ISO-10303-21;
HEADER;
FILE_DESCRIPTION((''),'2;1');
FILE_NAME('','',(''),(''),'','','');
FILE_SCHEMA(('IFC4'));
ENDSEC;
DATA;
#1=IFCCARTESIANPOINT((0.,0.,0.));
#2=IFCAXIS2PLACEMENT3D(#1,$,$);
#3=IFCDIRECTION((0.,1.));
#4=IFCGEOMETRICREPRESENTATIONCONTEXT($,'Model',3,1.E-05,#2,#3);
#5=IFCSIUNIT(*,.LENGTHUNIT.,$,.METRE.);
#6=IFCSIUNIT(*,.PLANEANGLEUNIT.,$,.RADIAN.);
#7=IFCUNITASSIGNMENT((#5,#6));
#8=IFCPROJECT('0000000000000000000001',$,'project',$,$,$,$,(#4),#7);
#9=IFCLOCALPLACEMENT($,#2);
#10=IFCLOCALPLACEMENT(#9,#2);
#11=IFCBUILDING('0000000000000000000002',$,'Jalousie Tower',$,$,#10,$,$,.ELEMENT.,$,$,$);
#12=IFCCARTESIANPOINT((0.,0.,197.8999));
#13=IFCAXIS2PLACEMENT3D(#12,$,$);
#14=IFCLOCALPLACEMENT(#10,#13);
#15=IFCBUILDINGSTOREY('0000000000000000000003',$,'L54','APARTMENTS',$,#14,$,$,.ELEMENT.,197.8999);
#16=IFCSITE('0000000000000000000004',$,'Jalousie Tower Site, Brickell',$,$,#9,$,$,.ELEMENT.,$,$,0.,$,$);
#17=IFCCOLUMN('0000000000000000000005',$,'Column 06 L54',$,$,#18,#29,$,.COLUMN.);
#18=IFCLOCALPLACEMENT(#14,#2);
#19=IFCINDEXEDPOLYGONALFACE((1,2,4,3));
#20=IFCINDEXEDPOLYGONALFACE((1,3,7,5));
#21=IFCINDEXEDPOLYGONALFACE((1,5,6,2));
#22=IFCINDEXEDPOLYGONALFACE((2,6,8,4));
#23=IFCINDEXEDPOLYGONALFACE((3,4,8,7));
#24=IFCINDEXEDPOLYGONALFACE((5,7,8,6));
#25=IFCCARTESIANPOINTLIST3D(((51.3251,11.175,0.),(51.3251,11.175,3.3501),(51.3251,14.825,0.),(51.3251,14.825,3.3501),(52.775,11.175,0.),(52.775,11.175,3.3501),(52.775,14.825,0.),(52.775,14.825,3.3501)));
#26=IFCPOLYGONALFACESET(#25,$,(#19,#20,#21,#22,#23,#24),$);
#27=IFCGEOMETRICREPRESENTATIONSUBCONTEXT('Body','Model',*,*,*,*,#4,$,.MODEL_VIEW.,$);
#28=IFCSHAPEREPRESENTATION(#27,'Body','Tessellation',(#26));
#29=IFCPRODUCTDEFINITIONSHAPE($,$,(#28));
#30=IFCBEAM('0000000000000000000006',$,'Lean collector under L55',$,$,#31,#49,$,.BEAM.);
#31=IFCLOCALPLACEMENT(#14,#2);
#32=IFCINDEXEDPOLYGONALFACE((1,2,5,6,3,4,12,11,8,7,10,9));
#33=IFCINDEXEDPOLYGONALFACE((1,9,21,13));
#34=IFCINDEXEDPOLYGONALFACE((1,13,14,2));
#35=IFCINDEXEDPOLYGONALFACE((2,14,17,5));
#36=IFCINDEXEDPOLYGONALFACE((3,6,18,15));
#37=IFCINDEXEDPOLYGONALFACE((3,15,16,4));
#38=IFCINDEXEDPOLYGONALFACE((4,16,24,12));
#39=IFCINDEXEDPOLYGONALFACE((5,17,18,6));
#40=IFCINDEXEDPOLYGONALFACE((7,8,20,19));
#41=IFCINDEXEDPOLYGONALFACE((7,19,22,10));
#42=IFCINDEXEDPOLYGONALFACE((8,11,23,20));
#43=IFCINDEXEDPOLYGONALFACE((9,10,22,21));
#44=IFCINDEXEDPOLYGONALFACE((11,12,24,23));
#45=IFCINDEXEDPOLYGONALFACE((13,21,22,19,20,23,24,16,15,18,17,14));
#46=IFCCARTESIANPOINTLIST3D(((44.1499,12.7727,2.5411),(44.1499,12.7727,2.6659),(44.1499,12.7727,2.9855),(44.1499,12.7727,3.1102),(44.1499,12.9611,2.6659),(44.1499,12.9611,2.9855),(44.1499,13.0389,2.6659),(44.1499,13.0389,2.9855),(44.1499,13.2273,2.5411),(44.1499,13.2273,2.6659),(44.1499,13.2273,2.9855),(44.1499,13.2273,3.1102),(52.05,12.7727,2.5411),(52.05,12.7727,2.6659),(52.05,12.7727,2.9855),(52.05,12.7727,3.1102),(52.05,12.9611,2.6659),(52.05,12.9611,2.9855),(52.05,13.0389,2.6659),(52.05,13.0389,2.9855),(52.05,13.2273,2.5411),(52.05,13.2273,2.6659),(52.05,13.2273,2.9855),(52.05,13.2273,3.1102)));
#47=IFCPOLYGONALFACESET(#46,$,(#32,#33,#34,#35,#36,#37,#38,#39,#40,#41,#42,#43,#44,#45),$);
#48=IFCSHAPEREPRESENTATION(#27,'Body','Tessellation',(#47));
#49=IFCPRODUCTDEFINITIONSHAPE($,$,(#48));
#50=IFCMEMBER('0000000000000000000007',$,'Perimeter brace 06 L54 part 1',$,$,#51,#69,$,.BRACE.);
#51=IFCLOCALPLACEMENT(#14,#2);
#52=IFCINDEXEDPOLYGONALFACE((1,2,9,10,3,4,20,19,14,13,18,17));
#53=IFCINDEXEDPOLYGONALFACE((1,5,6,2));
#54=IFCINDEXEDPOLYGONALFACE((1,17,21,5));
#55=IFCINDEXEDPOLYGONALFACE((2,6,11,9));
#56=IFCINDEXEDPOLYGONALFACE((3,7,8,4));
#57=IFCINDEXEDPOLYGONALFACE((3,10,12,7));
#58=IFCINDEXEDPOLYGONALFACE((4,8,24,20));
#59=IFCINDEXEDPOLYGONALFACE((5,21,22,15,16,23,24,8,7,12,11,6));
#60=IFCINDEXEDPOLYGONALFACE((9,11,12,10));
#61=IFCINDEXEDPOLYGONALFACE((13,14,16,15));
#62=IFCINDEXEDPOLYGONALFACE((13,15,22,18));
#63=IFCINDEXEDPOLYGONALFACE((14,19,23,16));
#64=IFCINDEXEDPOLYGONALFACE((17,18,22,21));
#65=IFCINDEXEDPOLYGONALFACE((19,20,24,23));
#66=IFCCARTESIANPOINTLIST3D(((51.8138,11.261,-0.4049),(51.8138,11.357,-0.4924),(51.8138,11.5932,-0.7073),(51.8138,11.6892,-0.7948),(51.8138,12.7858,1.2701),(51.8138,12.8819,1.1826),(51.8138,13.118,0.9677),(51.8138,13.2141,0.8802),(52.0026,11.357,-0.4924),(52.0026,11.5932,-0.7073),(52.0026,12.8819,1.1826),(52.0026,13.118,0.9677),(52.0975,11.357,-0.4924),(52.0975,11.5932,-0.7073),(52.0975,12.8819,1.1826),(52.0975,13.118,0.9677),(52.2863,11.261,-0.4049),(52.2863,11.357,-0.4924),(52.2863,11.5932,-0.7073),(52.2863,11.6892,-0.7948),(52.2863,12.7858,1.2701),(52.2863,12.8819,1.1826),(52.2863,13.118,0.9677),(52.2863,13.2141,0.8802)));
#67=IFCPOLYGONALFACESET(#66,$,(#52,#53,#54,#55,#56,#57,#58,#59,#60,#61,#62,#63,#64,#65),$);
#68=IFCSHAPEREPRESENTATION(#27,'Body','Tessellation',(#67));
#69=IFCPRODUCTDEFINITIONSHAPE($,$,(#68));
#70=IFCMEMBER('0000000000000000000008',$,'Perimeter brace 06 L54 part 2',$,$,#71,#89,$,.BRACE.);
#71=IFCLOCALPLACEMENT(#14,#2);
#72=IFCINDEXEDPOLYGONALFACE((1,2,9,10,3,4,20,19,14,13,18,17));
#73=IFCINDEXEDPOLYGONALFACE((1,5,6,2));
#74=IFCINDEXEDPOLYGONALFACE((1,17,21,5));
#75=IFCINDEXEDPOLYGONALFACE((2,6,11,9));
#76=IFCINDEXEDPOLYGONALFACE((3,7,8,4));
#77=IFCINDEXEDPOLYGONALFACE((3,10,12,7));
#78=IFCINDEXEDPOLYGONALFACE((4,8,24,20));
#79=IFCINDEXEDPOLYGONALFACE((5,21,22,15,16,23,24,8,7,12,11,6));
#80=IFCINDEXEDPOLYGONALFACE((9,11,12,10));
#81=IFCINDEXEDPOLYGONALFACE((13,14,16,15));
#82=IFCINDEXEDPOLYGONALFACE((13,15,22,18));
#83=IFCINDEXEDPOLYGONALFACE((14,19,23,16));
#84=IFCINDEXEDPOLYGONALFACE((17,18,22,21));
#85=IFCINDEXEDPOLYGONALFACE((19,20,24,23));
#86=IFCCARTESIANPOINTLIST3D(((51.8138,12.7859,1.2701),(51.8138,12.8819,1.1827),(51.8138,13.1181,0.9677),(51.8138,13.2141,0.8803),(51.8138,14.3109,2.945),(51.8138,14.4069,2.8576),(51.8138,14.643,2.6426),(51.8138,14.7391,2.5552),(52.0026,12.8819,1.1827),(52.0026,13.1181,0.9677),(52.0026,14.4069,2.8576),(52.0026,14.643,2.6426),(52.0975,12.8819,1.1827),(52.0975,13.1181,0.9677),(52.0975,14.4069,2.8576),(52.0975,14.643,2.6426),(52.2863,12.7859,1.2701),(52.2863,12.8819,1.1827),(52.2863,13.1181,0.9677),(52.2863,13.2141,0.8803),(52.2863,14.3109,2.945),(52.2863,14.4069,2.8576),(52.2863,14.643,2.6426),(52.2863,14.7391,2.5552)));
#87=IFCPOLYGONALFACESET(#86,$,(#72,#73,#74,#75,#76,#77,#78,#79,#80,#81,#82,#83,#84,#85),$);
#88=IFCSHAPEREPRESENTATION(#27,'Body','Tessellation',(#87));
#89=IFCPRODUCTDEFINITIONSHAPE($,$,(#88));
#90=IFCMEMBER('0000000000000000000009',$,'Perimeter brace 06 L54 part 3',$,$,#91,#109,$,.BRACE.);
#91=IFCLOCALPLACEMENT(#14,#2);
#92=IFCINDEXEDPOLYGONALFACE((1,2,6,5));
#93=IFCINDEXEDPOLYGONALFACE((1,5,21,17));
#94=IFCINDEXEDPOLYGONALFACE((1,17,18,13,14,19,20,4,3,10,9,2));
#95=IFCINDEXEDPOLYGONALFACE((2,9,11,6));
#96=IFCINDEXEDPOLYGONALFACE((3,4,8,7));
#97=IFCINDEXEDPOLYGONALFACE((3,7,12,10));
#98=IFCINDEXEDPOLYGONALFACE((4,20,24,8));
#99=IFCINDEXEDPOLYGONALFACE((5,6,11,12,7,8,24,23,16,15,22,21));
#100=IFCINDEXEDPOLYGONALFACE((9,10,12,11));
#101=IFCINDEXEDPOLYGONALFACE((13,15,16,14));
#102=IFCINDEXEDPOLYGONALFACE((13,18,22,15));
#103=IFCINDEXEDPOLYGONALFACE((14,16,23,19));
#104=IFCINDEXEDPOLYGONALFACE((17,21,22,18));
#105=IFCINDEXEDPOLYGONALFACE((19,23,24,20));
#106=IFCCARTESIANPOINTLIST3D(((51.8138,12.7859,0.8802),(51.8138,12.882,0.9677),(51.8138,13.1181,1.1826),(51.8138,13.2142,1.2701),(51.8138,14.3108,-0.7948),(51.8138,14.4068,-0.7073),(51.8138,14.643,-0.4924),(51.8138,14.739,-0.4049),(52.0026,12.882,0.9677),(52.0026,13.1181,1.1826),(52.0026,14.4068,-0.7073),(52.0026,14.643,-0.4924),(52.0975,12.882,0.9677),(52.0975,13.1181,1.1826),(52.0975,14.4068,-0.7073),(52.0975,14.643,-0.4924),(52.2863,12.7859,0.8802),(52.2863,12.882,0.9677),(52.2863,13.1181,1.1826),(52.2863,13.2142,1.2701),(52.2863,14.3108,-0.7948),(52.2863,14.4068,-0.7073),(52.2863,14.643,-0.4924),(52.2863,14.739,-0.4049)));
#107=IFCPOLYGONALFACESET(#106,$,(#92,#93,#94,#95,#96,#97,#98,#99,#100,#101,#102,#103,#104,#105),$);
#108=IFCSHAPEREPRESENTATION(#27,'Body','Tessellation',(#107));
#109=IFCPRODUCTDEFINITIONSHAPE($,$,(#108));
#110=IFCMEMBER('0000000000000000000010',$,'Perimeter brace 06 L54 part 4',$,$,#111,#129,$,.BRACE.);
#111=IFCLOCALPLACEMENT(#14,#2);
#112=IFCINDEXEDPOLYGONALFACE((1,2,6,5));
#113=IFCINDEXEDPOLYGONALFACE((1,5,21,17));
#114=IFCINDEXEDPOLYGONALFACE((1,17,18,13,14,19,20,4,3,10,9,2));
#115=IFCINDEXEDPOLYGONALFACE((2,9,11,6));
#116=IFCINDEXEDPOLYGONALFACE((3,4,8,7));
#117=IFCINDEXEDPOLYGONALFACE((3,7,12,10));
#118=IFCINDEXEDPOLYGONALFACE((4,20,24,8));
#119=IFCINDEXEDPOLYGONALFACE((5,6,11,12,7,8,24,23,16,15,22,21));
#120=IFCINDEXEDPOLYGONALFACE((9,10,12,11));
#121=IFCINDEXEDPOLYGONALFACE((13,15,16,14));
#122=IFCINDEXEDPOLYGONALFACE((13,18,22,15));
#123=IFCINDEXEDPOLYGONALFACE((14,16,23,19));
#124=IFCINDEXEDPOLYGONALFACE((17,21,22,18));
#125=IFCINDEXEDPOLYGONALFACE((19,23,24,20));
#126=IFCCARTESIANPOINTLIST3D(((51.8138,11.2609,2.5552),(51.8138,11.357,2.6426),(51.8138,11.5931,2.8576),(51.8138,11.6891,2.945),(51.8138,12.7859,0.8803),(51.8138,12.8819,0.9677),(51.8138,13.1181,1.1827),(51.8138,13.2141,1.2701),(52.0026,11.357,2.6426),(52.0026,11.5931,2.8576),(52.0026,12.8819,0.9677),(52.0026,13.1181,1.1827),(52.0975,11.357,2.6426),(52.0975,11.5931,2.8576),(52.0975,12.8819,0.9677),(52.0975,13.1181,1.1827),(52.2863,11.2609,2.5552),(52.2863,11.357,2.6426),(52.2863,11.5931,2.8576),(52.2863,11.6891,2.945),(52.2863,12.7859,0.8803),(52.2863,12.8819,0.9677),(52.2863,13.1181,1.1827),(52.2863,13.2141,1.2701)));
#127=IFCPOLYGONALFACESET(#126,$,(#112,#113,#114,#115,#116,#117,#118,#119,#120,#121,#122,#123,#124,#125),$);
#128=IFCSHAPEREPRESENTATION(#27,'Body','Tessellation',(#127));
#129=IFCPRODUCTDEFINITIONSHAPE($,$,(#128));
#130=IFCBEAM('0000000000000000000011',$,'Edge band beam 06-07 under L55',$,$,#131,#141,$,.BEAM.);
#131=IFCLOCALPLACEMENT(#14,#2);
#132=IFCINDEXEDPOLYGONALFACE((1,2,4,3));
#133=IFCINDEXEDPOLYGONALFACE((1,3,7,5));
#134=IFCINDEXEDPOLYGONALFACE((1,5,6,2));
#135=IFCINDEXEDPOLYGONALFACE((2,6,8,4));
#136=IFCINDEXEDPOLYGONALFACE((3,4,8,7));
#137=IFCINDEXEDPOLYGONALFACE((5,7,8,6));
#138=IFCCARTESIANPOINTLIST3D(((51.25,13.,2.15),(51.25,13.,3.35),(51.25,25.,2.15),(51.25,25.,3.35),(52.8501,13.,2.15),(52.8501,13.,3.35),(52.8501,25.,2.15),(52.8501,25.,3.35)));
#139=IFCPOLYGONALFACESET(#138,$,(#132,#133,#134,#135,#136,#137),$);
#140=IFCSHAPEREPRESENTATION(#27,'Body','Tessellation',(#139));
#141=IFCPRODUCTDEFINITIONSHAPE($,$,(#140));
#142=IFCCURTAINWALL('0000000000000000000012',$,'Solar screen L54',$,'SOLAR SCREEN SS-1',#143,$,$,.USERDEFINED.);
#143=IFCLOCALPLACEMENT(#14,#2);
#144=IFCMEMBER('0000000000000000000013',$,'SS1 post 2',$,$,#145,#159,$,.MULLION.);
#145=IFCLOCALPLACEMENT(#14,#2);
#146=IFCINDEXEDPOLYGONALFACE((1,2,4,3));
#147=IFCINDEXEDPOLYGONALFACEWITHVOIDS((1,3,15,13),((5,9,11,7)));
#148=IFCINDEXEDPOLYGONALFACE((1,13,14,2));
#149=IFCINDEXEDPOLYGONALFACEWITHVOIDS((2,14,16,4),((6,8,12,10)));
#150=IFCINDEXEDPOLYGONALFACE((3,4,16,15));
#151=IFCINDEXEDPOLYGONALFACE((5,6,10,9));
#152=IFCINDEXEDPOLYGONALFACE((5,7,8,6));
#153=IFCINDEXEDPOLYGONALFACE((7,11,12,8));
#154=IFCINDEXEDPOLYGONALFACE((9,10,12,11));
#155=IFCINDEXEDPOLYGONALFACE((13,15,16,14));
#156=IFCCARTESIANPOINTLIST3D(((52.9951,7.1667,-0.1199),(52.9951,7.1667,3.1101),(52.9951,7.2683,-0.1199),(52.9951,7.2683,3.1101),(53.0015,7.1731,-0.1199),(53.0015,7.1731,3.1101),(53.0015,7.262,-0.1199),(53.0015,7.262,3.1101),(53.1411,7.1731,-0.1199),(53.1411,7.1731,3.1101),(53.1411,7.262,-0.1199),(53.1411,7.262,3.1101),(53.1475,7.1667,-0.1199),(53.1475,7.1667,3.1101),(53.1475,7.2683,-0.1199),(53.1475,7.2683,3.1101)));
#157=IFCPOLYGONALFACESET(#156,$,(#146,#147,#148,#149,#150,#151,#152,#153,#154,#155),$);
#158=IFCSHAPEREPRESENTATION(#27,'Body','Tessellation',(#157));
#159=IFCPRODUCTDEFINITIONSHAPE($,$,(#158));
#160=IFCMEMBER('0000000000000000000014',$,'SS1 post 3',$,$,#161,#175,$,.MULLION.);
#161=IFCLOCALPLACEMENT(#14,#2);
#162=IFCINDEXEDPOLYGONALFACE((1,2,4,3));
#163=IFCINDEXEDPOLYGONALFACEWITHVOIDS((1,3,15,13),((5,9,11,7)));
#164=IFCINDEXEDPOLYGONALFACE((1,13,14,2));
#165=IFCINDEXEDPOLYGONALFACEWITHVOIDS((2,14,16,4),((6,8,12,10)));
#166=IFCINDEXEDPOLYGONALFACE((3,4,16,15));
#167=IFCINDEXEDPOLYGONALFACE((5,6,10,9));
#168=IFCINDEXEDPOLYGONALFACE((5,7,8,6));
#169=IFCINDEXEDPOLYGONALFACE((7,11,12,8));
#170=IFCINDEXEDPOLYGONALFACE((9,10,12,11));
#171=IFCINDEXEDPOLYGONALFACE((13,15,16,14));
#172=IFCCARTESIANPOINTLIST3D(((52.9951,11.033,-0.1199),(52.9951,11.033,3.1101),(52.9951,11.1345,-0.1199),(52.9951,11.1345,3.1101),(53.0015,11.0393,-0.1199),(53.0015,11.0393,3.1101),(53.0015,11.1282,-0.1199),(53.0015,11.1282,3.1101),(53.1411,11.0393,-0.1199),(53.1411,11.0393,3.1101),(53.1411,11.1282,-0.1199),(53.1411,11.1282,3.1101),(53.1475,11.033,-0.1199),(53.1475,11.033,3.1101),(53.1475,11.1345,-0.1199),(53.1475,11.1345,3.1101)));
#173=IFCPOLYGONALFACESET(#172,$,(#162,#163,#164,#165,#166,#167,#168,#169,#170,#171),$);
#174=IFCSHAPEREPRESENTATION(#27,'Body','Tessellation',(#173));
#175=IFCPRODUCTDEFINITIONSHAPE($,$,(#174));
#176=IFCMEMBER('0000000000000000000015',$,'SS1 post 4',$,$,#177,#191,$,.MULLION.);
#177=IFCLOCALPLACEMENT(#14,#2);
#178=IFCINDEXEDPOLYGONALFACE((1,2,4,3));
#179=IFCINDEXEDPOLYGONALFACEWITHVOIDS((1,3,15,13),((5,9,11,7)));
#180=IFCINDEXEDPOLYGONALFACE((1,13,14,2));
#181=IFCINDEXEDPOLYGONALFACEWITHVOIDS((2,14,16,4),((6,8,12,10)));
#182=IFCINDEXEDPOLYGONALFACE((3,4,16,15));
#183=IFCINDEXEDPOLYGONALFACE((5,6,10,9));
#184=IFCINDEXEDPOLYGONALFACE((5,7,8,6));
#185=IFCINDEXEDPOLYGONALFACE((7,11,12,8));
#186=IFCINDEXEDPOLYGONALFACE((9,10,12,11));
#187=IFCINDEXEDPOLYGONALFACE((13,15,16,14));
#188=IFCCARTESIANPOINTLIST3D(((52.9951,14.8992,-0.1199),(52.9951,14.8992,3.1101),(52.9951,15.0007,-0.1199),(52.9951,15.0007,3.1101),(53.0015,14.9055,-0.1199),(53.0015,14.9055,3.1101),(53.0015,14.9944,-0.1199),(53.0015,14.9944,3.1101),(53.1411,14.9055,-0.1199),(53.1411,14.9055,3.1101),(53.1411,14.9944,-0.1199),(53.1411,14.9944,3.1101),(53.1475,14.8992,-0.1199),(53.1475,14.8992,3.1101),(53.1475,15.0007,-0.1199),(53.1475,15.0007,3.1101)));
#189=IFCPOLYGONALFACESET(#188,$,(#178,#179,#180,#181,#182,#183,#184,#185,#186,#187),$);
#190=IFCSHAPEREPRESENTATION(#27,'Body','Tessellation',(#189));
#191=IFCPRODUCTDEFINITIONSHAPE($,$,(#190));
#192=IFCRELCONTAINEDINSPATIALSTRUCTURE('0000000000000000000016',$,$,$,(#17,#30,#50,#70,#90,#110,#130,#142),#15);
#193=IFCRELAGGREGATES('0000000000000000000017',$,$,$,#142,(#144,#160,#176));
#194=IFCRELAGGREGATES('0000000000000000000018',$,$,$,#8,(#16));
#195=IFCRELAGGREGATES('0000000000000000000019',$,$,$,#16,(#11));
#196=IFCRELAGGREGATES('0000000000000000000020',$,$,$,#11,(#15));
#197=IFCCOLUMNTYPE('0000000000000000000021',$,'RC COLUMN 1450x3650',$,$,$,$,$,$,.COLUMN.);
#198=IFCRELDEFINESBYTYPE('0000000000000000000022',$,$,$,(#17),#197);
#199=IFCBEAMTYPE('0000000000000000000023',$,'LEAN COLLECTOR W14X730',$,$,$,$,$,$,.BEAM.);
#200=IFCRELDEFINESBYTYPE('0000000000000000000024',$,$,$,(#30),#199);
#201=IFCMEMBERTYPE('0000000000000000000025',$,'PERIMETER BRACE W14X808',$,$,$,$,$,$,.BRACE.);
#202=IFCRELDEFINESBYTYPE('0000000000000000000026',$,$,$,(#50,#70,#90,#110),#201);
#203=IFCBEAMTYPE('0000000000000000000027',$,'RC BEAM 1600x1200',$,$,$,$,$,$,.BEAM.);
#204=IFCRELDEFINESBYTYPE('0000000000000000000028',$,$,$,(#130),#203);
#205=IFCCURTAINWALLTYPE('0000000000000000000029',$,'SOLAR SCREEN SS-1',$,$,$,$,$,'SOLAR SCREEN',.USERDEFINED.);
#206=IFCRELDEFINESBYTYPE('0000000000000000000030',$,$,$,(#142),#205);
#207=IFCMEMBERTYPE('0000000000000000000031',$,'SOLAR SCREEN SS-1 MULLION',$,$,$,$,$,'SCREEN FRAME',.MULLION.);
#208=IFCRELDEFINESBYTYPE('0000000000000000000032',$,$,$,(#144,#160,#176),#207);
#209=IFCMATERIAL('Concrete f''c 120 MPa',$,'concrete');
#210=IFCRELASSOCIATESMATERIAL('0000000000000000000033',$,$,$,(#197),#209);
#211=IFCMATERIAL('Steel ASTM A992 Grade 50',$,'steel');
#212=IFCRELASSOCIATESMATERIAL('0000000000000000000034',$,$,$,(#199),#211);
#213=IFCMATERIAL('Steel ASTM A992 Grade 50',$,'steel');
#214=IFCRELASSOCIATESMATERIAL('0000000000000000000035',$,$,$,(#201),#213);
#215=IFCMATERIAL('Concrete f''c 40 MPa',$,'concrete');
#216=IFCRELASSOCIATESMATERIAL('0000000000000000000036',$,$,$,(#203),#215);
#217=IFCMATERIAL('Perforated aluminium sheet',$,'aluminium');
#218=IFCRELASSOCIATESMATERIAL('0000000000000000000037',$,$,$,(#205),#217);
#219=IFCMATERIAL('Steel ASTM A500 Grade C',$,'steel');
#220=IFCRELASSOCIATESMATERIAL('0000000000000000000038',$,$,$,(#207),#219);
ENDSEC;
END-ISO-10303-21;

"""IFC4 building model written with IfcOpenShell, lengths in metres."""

from ifc_helpers import new_model, si_unit, direction, frame, origin, origin_2d, place, context, subcontext, project, spatial, rectangle, hollow_rectangle, i_section, extrude, material, material_profile, profile_set, type_object, element, aggregate, save


model = new_model("IFC4")

# Units and contexts
model_context = context("Model", 3, precision=1e-05, world=origin(), true_north=direction((0.0, 1.0)))
body_context = subcontext(model_context, "Body", "Model", "MODEL_VIEW")
ifc_project = project(units=[si_unit("LENGTHUNIT", "METRE"), si_unit("PLANEANGLEUNIT", "RADIAN")], contexts=[model_context])

# Site, building, storey
site_placement = place(None, origin())
site = spatial("IfcSite", under=ifc_project, at=site_placement, Name="Jalousie Tower Site, Brickell", CompositionType="ELEMENT", RefElevation=0.0)
building_placement = place(site_placement, origin())
building = spatial("IfcBuilding", under=site, at=building_placement, Name="Jalousie Tower", CompositionType="ELEMENT")
storey_placement = place(building_placement, frame((0.0, 0.0, 197.8999)))
storey = spatial("IfcBuildingStorey", under=building, at=storey_placement, Name="L54", Description="APARTMENTS", CompositionType="ELEMENT", Elevation=197.8999)

# Column
ifc_material_1 = material(Name="Concrete f'c 120 MPa", Category="concrete")
ifc_material_profile_1 = material_profile(ifc_material_1, rectangle(XDim=1.45, YDim=3.6499, at=origin_2d()), Name="RC 1450x3650")
ifc_profile_set_1 = profile_set([ifc_material_profile_1], Name="Concrete f'c 120 MPa")
column_type = type_object("IfcColumnType", Name="RC COLUMN 1450x3650", PredefinedType="COLUMN", material=ifc_profile_set_1)
column_placement = place(storey_placement, frame((52.05, 13.0, 0.0), z_axis=(0.0, 0.0, 1.0), x_axis=(1.0, 0.0, 0.0)))
element("IfcColumn", 1, at=column_placement, inside=storey, type_object=column_type, Name="Column 06 L54", PredefinedType="COLUMN", context=body_context, shape_type="SweptSolid", body=[
    extrude(rectangle(XDim=1.45, YDim=3.6499, at=origin_2d()), origin(), (0.0, 0.0, 1.0), 3.3501),
])

# Beam
ifc_material_2 = material(Name="Steel ASTM A992 Grade 50", Category="steel")
ifc_material_profile_2 = material_profile(ifc_material_2, i_section(OverallWidth=0.4546, OverallDepth=0.5691, WebThickness=0.0779, FlangeThickness=0.1248, at=origin_2d()), Name="W14X730")
ifc_profile_set_2 = profile_set([ifc_material_profile_2], Name="Steel ASTM A992 Grade 50")
beam_type_1 = type_object("IfcBeamType", Name="LEAN COLLECTOR W14X730", PredefinedType="BEAM", material=ifc_profile_set_2)
beam_1_placement = place(storey_placement, frame((52.05, 13.0, 2.8257), z_axis=(-1.0, 0.0, 0.0), x_axis=(0.0, -1.0, 0.0)))
element("IfcBeam", 2, at=beam_1_placement, inside=storey, type_object=beam_type_1, Name="Lean collector under L55", PredefinedType="BEAM", context=body_context, shape_type="SweptSolid", body=[
    extrude(i_section(OverallWidth=0.4546, OverallDepth=0.5691, WebThickness=0.0779, FlangeThickness=0.1248, at=origin_2d()), origin(), (0.0, 0.0, 1.0), 7.9001),
])

# Members
ifc_material_3 = material(Name="Steel ASTM A992 Grade 50", Category="steel")
ifc_material_profile_3 = material_profile(ifc_material_3, i_section(OverallWidth=0.4724, OverallDepth=0.5791, WebThickness=0.095, FlangeThickness=0.1299, at=origin_2d()), Name="W14X808")
ifc_profile_set_3 = profile_set([ifc_material_profile_3], Name="Steel ASTM A992 Grade 50")
member_type_1 = type_object("IfcMemberType", Name="PERIMETER BRACE W14X808", PredefinedType="BRACE", material=ifc_profile_set_3)
for number, where, z_axis, x_axis, name in (
    (3, (52.05, 11.4751, -0.5999), (0.0, 0.673188, 0.739472), (-1.0, 0.0, 0.0), "Perimeter brace 06 L54 part 1"),
    (4, (52.05, 13.0, 1.0752), (0.0, 0.673241, 0.739423), (-1.0, 0.0, 0.0), "Perimeter brace 06 L54 part 2"),
    (5, (52.05, 14.5249, -0.5999), (0.0, -0.673188, 0.739472), (1.0, 0.0, 0.0), "Perimeter brace 06 L54 part 3"),
    (6, (52.05, 13.0, 1.0752), (0.0, -0.673241, 0.739423), (1.0, 0.0, 0.0), "Perimeter brace 06 L54 part 4"),
):
    element("IfcMember", number, at=place(storey_placement, frame(where, z_axis=z_axis, x_axis=x_axis)), inside=storey, type_object=member_type_1, Name=name, PredefinedType="BRACE", context=body_context, shape_type="SweptSolid", body=[
        extrude(i_section(OverallWidth=0.4724, OverallDepth=0.5791, WebThickness=0.095, FlangeThickness=0.1299, at=origin_2d()), origin(), (0.0, 0.0, 1.0), 2.2651),
    ])

# Beam
ifc_material_4 = material(Name="Concrete f'c 40 MPa", Category="concrete")
ifc_material_profile_4 = material_profile(ifc_material_4, rectangle(XDim=1.6001, YDim=1.2, at=origin_2d()), Name="RC 1600x1200")
ifc_profile_set_4 = profile_set([ifc_material_profile_4], Name="Concrete f'c 40 MPa")
beam_type_2 = type_object("IfcBeamType", Name="RC BEAM 1600x1200", PredefinedType="BEAM", material=ifc_profile_set_4)
beam_2_placement = place(storey_placement, frame((52.05, 13.0, 2.75), z_axis=(0.0, 1.0, 0.0), x_axis=(-1.0, 0.0, 0.0)))
element("IfcBeam", 7, at=beam_2_placement, inside=storey, type_object=beam_type_2, Name="Edge band beam 06-07 under L55", PredefinedType="BEAM", context=body_context, shape_type="SweptSolid", body=[
    extrude(rectangle(XDim=1.6001, YDim=1.2, at=origin_2d()), origin(), (0.0, 0.0, 1.0), 12.0),
])

# Curtain wall, members
ifc_material_5 = material(Name="Perforated aluminium sheet", Category="aluminium")
curtain_wall_type = type_object("IfcCurtainWallType", Name="SOLAR SCREEN SS-1", ElementType="SOLAR SCREEN", PredefinedType="USERDEFINED", material=ifc_material_5)
curtain_wall_placement = place(storey_placement, origin())
curtain_wall = element("IfcCurtainWall", 8, at=curtain_wall_placement, inside=storey, type_object=curtain_wall_type, Name="Solar screen L54", ObjectType="SOLAR SCREEN SS-1", PredefinedType="USERDEFINED")
ifc_material_6 = material(Name="Steel ASTM A500 Grade C", Category="steel")
ifc_material_profile_5 = material_profile(ifc_material_6, hollow_rectangle(XDim=0.1016, YDim=0.1523, WallThickness=0.0063, at=origin_2d()), Name="HSS6X4X1/4")
ifc_profile_set_5 = profile_set([ifc_material_profile_5], Name="Steel ASTM A500 Grade C")
member_type_2 = type_object("IfcMemberType", Name="SOLAR SCREEN SS-1 MULLION", ElementType="SCREEN FRAME", PredefinedType="MULLION", material=ifc_profile_set_5)
member_1_placement = place(storey_placement, frame((53.0713, 7.2175, -0.1199), z_axis=(0.0, 0.0, 1.0), x_axis=(0.0, 1.0, 0.0)))
member_1 = element("IfcMember", 9, at=member_1_placement, type_object=member_type_2, Name="SS1 post 2", PredefinedType="MULLION", context=body_context, shape_type="SweptSolid", body=[
    extrude(hollow_rectangle(XDim=0.1016, YDim=0.1523, WallThickness=0.0063, at=origin_2d()), origin(), (0.0, 0.0, 1.0), 3.23),
])
member_2_placement = place(storey_placement, frame((53.0713, 11.0837, -0.1199), z_axis=(0.0, 0.0, 1.0), x_axis=(0.0, 1.0, 0.0)))
member_2 = element("IfcMember", 10, at=member_2_placement, type_object=member_type_2, Name="SS1 post 3", PredefinedType="MULLION", context=body_context, shape_type="SweptSolid", body=[
    extrude(hollow_rectangle(XDim=0.1016, YDim=0.1523, WallThickness=0.0063, at=origin_2d()), origin(), (0.0, 0.0, 1.0), 3.23),
])
member_3_placement = place(storey_placement, frame((53.0713, 14.95, -0.1199), z_axis=(0.0, 0.0, 1.0), x_axis=(0.0, 1.0, 0.0)))
member_3 = element("IfcMember", 11, at=member_3_placement, type_object=member_type_2, Name="SS1 post 4", PredefinedType="MULLION", context=body_context, shape_type="SweptSolid", body=[
    extrude(hollow_rectangle(XDim=0.1016, YDim=0.1523, WallThickness=0.0063, at=origin_2d()), origin(), (0.0, 0.0, 1.0), 3.23),
])
aggregate(curtain_wall, [member_1, member_2, member_3])

save(model, "model.ifc")
